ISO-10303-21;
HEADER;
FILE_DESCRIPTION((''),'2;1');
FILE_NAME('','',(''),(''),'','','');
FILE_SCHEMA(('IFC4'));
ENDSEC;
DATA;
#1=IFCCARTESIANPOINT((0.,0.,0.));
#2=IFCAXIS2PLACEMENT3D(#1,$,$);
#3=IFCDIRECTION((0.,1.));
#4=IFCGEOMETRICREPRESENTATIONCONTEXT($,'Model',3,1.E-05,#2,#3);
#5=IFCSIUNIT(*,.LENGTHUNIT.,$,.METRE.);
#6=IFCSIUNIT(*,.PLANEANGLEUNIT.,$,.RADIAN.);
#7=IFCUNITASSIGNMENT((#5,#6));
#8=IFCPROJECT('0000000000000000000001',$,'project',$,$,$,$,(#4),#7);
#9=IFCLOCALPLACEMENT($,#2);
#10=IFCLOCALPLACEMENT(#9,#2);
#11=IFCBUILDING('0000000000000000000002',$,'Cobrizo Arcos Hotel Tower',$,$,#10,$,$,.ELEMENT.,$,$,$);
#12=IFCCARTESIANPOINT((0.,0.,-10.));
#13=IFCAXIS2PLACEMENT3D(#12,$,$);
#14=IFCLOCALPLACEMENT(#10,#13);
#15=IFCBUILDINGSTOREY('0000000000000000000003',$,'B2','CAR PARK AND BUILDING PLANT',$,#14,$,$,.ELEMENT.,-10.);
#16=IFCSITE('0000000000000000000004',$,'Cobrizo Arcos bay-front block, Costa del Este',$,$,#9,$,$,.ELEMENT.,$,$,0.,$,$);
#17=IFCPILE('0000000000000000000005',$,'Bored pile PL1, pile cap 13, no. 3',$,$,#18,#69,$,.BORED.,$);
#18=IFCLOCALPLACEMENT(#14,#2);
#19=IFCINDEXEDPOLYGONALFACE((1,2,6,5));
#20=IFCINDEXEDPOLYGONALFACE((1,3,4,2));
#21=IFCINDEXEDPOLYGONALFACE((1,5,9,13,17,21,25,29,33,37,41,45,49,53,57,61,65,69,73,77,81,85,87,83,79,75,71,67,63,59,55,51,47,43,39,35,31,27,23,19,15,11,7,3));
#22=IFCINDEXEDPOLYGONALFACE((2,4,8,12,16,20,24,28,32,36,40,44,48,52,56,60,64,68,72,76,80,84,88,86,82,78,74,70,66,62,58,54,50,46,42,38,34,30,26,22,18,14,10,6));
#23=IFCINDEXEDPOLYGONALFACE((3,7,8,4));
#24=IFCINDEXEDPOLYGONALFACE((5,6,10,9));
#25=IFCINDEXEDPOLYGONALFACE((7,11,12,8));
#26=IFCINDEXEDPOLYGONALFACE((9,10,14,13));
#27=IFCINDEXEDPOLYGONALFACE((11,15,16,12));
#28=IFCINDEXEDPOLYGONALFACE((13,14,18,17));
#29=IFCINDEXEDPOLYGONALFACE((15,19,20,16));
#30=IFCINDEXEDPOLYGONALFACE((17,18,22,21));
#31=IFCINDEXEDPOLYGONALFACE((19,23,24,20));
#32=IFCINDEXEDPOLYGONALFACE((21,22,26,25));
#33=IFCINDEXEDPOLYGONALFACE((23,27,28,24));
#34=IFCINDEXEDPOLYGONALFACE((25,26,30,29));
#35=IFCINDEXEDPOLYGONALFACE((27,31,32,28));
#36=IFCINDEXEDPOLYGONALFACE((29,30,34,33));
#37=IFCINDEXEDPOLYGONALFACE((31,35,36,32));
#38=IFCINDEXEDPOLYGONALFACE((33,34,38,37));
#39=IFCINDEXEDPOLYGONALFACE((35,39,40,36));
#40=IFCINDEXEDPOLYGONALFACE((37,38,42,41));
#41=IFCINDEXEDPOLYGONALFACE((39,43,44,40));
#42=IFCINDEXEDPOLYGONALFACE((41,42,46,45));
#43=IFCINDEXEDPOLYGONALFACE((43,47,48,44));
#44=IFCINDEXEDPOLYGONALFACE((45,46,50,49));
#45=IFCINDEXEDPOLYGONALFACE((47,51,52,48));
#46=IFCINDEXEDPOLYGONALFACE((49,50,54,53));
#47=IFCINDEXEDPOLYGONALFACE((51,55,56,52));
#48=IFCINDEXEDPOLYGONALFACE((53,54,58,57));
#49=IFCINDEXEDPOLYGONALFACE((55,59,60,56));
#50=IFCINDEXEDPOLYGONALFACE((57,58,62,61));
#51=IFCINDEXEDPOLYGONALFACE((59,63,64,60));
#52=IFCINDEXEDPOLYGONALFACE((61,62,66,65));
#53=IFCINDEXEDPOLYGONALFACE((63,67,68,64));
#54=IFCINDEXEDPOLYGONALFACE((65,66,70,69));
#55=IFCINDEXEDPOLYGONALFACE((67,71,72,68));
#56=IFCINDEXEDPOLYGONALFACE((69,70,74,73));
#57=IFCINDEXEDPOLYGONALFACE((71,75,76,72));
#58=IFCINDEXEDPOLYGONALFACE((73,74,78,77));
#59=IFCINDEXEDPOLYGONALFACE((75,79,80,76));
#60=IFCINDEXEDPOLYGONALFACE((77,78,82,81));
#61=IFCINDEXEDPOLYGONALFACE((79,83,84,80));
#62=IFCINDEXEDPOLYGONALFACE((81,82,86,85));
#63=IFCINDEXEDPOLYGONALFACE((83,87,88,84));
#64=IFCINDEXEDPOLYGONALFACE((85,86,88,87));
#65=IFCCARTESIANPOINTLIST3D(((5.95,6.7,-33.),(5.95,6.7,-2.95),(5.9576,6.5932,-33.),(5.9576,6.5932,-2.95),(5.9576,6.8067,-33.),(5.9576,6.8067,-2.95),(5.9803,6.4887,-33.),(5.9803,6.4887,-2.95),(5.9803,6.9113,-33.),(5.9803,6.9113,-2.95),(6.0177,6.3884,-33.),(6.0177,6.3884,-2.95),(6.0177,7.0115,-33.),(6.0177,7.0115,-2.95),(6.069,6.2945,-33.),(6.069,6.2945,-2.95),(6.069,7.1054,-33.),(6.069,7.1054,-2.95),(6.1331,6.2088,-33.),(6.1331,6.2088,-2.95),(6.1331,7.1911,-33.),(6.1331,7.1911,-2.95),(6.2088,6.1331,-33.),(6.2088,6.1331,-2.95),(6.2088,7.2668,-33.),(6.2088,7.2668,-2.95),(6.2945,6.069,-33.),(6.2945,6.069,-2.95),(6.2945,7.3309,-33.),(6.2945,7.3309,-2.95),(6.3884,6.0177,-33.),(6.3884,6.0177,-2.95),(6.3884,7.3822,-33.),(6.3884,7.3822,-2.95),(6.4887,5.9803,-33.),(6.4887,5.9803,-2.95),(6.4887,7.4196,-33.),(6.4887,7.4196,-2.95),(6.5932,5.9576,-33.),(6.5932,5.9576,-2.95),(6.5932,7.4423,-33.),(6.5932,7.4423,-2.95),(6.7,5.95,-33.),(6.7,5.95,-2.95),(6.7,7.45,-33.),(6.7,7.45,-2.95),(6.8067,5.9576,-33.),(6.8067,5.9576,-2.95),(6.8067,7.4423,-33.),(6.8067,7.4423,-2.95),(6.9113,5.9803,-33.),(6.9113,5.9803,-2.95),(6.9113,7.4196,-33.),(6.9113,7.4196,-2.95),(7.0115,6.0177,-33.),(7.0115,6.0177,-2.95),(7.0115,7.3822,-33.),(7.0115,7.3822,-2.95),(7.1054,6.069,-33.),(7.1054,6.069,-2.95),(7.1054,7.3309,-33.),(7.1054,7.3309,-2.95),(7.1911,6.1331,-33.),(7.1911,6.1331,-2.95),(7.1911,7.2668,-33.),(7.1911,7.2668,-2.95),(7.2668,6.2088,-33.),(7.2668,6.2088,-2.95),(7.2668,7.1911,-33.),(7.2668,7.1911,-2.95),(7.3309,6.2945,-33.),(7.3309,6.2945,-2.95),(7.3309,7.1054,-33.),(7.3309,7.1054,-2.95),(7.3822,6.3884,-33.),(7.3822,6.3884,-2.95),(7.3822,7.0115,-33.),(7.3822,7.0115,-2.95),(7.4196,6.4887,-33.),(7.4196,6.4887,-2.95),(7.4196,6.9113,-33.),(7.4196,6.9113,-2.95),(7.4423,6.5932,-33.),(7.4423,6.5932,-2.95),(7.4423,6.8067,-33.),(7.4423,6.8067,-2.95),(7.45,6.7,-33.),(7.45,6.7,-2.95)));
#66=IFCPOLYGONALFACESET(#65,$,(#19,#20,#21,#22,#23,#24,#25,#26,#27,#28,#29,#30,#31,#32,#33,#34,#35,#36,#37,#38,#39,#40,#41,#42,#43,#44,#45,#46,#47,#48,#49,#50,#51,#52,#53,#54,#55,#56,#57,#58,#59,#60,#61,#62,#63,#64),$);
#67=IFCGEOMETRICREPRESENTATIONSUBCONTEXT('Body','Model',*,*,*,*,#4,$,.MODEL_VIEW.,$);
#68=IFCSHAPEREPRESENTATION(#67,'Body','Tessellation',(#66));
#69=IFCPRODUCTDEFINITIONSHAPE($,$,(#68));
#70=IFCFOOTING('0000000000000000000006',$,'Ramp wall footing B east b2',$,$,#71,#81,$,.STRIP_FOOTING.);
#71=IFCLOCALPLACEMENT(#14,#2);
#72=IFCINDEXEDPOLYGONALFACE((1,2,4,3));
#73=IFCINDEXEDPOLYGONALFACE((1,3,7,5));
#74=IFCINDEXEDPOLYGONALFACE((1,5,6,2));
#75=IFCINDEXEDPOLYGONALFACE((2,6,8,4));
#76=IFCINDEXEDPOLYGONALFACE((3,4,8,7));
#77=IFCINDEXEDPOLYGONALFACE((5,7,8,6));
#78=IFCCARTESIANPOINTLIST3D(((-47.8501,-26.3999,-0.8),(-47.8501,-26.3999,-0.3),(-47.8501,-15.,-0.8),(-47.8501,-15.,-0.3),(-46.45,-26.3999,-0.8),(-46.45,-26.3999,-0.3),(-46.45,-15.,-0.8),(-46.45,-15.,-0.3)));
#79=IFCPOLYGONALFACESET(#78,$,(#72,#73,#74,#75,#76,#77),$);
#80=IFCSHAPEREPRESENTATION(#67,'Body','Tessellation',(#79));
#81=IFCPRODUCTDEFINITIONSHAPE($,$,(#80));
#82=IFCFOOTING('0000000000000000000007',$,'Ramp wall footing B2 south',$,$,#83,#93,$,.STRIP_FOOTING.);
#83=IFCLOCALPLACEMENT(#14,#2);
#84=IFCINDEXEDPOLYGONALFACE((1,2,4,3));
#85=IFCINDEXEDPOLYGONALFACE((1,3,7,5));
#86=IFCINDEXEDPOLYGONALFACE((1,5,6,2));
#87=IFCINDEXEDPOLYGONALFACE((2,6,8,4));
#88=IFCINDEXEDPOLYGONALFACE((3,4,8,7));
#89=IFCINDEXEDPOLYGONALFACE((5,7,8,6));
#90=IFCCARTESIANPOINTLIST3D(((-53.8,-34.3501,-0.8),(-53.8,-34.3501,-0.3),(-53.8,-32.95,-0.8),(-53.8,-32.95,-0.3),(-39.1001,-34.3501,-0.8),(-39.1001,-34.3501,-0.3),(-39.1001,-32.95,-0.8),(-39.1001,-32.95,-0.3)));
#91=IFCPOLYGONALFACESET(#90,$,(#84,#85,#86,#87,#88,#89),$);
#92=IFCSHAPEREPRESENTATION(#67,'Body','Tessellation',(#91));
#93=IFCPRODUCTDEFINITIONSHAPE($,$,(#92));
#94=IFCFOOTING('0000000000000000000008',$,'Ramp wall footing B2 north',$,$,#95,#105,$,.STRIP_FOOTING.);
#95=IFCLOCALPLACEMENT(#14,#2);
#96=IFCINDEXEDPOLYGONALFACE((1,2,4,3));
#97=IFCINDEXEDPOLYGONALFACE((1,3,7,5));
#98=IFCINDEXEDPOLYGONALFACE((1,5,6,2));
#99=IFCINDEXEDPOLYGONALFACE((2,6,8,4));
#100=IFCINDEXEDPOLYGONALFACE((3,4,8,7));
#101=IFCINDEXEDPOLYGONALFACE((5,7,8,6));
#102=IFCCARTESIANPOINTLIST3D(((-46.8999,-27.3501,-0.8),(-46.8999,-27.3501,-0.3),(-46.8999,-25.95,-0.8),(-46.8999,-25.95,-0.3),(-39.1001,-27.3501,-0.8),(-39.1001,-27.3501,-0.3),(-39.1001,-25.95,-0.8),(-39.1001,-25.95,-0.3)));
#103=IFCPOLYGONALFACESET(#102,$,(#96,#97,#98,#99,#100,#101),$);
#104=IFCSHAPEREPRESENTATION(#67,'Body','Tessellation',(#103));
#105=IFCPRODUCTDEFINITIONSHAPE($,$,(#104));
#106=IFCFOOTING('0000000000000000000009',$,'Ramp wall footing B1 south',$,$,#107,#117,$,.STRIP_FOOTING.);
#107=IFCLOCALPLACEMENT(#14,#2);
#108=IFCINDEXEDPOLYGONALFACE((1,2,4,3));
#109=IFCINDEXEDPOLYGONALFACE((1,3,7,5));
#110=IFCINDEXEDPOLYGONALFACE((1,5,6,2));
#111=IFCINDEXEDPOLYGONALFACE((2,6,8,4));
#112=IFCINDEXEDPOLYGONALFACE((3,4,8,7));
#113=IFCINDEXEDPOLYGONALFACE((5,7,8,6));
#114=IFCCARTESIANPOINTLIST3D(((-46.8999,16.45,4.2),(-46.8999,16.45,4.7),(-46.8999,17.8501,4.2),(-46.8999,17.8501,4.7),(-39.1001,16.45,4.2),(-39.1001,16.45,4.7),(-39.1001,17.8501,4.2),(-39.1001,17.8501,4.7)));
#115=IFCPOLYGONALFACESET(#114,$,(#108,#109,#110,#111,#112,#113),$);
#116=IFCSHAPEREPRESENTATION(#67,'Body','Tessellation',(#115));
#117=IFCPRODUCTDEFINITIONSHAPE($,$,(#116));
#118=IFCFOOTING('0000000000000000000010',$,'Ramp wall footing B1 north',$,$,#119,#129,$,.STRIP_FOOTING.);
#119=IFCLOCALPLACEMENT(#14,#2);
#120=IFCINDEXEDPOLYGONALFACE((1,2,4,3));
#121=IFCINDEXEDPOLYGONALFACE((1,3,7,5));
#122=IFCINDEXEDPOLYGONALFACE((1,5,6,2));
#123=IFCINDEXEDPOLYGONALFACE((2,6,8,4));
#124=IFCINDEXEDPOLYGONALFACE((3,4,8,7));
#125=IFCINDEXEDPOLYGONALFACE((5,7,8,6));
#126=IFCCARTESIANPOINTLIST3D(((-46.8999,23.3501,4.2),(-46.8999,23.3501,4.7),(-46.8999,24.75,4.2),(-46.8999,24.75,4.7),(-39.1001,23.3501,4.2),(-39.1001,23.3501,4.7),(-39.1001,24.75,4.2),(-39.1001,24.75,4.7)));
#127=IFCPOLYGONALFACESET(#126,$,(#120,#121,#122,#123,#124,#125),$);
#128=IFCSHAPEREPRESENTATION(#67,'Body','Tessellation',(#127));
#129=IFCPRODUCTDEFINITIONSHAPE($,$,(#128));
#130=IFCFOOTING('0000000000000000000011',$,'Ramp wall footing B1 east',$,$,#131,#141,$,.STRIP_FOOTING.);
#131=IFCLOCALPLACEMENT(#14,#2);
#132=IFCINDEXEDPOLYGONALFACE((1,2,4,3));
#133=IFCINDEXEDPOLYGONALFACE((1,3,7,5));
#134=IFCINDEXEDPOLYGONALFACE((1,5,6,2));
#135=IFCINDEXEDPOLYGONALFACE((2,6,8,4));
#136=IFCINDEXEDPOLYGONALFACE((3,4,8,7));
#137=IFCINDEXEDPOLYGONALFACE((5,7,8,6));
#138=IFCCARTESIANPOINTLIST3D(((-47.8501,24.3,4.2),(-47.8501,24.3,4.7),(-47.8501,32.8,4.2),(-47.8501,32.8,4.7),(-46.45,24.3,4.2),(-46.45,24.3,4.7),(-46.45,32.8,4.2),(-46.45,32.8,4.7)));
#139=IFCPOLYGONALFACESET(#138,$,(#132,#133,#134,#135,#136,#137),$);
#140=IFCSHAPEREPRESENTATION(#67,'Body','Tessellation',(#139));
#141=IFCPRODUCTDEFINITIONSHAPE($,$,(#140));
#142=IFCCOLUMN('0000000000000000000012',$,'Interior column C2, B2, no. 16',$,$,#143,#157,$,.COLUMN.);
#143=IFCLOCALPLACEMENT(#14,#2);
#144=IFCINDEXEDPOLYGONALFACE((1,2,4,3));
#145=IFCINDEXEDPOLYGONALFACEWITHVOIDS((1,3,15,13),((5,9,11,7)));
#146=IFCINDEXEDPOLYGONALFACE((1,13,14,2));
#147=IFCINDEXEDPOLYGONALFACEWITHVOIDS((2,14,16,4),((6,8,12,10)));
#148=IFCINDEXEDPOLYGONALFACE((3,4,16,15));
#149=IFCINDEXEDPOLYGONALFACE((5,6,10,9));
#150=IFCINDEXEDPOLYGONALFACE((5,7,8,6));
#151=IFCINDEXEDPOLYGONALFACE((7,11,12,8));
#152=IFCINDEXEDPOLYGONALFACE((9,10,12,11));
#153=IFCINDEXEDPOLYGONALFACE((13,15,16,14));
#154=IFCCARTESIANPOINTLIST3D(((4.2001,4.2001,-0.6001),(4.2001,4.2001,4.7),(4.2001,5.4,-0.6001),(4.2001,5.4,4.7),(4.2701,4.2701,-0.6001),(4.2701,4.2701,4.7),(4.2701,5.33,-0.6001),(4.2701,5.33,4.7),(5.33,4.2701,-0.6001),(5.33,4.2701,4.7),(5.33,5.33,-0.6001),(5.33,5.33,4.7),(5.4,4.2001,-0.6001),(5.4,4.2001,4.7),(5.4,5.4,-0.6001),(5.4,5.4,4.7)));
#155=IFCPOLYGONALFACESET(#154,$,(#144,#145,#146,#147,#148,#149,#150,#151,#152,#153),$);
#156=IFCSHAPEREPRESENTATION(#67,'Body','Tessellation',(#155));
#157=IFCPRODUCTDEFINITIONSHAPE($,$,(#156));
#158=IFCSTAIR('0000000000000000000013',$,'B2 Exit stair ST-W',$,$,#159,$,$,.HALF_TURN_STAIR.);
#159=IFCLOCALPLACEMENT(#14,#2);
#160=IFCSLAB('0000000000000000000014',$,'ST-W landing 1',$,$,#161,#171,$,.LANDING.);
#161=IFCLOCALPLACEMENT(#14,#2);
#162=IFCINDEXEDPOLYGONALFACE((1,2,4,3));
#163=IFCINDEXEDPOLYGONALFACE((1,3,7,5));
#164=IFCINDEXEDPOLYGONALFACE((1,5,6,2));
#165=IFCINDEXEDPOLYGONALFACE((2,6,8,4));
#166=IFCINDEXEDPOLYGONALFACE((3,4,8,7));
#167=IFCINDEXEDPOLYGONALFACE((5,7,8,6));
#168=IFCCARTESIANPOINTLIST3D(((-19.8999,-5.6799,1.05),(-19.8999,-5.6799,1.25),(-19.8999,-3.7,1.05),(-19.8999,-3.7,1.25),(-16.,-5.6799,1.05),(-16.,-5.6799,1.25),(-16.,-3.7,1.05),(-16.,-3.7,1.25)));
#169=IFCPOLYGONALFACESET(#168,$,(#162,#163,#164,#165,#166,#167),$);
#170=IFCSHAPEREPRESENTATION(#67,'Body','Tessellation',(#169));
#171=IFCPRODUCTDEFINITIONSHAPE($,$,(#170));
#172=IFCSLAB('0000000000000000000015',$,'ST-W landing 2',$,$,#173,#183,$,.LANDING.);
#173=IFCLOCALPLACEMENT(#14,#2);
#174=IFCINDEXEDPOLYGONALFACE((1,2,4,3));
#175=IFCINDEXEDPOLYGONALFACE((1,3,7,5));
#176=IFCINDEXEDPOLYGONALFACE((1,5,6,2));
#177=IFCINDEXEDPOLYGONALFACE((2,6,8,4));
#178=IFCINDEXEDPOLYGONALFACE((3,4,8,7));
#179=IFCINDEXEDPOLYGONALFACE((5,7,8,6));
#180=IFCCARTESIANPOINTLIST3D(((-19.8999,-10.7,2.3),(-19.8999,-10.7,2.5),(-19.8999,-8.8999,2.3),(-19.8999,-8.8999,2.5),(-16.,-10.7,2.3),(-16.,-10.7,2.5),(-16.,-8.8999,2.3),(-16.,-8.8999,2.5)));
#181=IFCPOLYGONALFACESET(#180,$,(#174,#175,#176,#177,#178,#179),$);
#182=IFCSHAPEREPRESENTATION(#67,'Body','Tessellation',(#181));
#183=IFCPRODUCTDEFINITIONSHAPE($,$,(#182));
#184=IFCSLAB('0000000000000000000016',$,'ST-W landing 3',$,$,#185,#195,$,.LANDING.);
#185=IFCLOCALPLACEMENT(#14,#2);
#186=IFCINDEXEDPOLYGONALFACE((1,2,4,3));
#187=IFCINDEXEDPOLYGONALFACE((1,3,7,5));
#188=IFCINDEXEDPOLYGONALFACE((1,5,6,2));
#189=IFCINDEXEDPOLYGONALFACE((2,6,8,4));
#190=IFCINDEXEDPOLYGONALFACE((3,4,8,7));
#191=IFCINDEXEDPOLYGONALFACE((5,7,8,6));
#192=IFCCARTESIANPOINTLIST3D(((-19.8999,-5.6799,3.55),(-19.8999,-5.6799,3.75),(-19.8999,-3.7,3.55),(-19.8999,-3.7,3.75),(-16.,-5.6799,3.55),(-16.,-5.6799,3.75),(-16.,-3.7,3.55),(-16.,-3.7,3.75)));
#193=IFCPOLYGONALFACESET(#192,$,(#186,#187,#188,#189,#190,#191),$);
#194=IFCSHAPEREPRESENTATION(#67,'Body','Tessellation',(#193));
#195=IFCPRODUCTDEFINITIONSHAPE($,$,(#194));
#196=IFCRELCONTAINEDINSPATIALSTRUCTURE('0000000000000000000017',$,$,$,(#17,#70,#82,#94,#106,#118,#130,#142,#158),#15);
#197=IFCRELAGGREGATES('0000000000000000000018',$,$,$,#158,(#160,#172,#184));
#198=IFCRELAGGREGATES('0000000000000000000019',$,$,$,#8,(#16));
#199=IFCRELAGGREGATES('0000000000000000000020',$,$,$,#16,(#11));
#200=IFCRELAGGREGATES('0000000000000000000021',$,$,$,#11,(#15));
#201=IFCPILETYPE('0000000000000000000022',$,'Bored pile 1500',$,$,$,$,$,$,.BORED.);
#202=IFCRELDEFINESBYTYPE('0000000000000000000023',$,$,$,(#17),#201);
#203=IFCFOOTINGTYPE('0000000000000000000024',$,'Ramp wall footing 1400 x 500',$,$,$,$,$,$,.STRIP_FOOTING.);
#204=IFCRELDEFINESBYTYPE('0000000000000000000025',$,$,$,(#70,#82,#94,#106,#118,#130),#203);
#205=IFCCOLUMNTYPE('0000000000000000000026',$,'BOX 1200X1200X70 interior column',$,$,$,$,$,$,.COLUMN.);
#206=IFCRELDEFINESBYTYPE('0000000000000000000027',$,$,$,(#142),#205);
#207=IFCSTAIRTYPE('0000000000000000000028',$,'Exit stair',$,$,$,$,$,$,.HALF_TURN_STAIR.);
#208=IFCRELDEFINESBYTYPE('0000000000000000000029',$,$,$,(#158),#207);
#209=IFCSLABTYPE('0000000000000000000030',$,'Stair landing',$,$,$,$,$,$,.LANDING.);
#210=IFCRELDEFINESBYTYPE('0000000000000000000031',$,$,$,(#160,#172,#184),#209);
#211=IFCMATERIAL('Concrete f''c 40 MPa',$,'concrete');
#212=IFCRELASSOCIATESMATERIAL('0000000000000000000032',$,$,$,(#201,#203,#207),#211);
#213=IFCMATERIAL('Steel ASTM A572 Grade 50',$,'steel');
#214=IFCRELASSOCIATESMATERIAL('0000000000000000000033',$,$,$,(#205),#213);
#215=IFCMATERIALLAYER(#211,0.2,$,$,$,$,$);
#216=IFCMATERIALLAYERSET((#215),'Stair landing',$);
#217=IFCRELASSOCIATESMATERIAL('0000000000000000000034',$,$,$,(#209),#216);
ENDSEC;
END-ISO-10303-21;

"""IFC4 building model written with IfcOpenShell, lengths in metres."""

from ifc_helpers import new_model, si_unit, direction, frame, origin, origin_2d, place, context, subcontext, project, spatial, polyline, hollow_rectangle, circle, outline, extrude, material, layer, layer_set, material_profile, profile_set, type_object, element, aggregate, save


model = new_model("IFC4")

# Units and contexts
model_context = context("Model", 3, precision=1e-05, world=origin(), true_north=direction((0.0, 1.0)))
body_context = subcontext(model_context, "Body", "Model", "MODEL_VIEW")
ifc_project = project(units=[si_unit("LENGTHUNIT", "METRE"), si_unit("PLANEANGLEUNIT", "RADIAN")], contexts=[model_context])

# Site, building, storey
site_placement = place(None, origin())
site = spatial("IfcSite", under=ifc_project, at=site_placement, Name="Cobrizo Arcos bay-front block, Costa del Este", CompositionType="ELEMENT", RefElevation=0.0)
building_placement = place(site_placement, origin())
building = spatial("IfcBuilding", under=site, at=building_placement, Name="Cobrizo Arcos Hotel Tower", CompositionType="ELEMENT")
storey_placement = place(building_placement, frame((0.0, 0.0, -10.0)))
storey = spatial("IfcBuildingStorey", under=building, at=storey_placement, Name="B2", Description="CAR PARK AND BUILDING PLANT", CompositionType="ELEMENT", Elevation=-10.0)

# Pile
ifc_material_1 = material(Name="Concrete f'c 40 MPa", Category="concrete")
ifc_material_profile_1 = material_profile(ifc_material_1, circle(Radius=0.75, at=origin_2d()), Name="BORED PILE 1500")
ifc_profile_set_1 = profile_set([ifc_material_profile_1], Name="Concrete f'c 40 MPa")
pile_type = type_object("IfcPileType", Name="Bored pile 1500", PredefinedType="BORED", material=ifc_profile_set_1)
for number, where, z_axis, x_axis, name in (
    (1, (6.7, 6.7, -2.95), (0.0, 0.0, -1.0), (1.0, 0.0, 0.0), "Bored pile PL1, pile cap 13, no. 3"),
):
    element("IfcPile", number, at=place(storey_placement, frame(where, z_axis=z_axis, x_axis=x_axis)), inside=storey, type_object=pile_type, Name=name, PredefinedType="BORED", context=body_context, shape_type="SweptSolid", body=[
        extrude(circle(Radius=0.75, at=origin_2d()), origin(), (0.0, 0.0, 1.0), 30.05),
    ])

# Footings
footing_type = type_object("IfcFootingType", Name="Ramp wall footing 1400 x 500", PredefinedType="STRIP_FOOTING", material=ifc_material_1)
footing_1_placement = place(storey_placement, frame((0.0, 0.0, -0.8)))
element("IfcFooting", 2, at=footing_1_placement, inside=storey, type_object=footing_type, Name="Ramp wall footing B east b2", PredefinedType="STRIP_FOOTING", context=body_context, shape_type="SweptSolid", body=[
    extrude(outline(polyline([(-47.8501, -15.0), (-46.45, -15.0), (-46.45, -26.3999), (-47.8501, -26.3999), (-47.8501, -15.0)])), origin(), (0.0, 0.0, 1.0), 0.5),
])
footing_2_placement = place(storey_placement, frame((0.0, 0.0, -0.8)))
element("IfcFooting", 3, at=footing_2_placement, inside=storey, type_object=footing_type, Name="Ramp wall footing B2 south", PredefinedType="STRIP_FOOTING", context=body_context, shape_type="SweptSolid", body=[
    extrude(outline(polyline([(-39.1001, -32.95), (-39.1001, -34.3501), (-53.8, -34.3501), (-53.8, -32.95), (-39.1001, -32.95)])), origin(), (0.0, 0.0, 1.0), 0.5),
])
footing_3_placement = place(storey_placement, frame((0.0, 0.0, -0.8)))
element("IfcFooting", 4, at=footing_3_placement, inside=storey, type_object=footing_type, Name="Ramp wall footing B2 north", PredefinedType="STRIP_FOOTING", context=body_context, shape_type="SweptSolid", body=[
    extrude(outline(polyline([(-39.1001, -25.95), (-39.1001, -27.3501), (-46.8999, -27.3501), (-46.8999, -25.95), (-39.1001, -25.95)])), origin(), (0.0, 0.0, 1.0), 0.5),
])
footing_4_placement = place(storey_placement, frame((0.0, 0.0, 4.2)))
element("IfcFooting", 5, at=footing_4_placement, inside=storey, type_object=footing_type, Name="Ramp wall footing B1 south", PredefinedType="STRIP_FOOTING", context=body_context, shape_type="SweptSolid", body=[
    extrude(outline(polyline([(-39.1001, 17.8501), (-39.1001, 16.45), (-46.8999, 16.45), (-46.8999, 17.8501), (-39.1001, 17.8501)])), origin(), (0.0, 0.0, 1.0), 0.5),
])
footing_5_placement = place(storey_placement, frame((0.0, 0.0, 4.2)))
element("IfcFooting", 6, at=footing_5_placement, inside=storey, type_object=footing_type, Name="Ramp wall footing B1 north", PredefinedType="STRIP_FOOTING", context=body_context, shape_type="SweptSolid", body=[
    extrude(outline(polyline([(-39.1001, 24.75), (-39.1001, 23.3501), (-46.8999, 23.3501), (-46.8999, 24.75), (-39.1001, 24.75)])), origin(), (0.0, 0.0, 1.0), 0.5),
])
footing_6_placement = place(storey_placement, frame((0.0, 0.0, 4.2)))
element("IfcFooting", 7, at=footing_6_placement, inside=storey, type_object=footing_type, Name="Ramp wall footing B1 east", PredefinedType="STRIP_FOOTING", context=body_context, shape_type="SweptSolid", body=[
    extrude(outline(polyline([(-47.8501, 32.8), (-46.45, 32.8), (-46.45, 24.3), (-47.8501, 24.3), (-47.8501, 32.8)])), origin(), (0.0, 0.0, 1.0), 0.5),
])

# Column
ifc_material_2 = material(Name="Steel ASTM A572 Grade 50", Category="steel")
ifc_material_profile_2 = material_profile(ifc_material_2, hollow_rectangle(XDim=1.2, YDim=1.2, WallThickness=0.0701, at=origin_2d()), Name="BOX 1200X1200X70")
ifc_profile_set_2 = profile_set([ifc_material_profile_2], Name="Steel ASTM A572 Grade 50")
column_type = type_object("IfcColumnType", Name="BOX 1200X1200X70 interior column", PredefinedType="COLUMN", material=ifc_profile_set_2)
column_placement = place(storey_placement, frame((4.8, 4.8, -0.6001), z_axis=(0.0, 0.0, 1.0), x_axis=(1.0, 0.0, 0.0)))
element("IfcColumn", 8, at=column_placement, inside=storey, type_object=column_type, Name="Interior column C2, B2, no. 16", PredefinedType="COLUMN", context=body_context, shape_type="SweptSolid", body=[
    extrude(hollow_rectangle(XDim=1.2, YDim=1.2, WallThickness=0.0701, at=origin_2d()), origin(), (0.0, 0.0, 1.0), 5.3),
])

# Stair, slabs
stair_type = type_object("IfcStairType", Name="Exit stair", PredefinedType="HALF_TURN_STAIR", material=ifc_material_1)
stair_1_placement = place(storey_placement, origin())
stair_1 = element("IfcStair", 9, at=stair_1_placement, inside=storey, type_object=stair_type, Name="B2 Exit stair ST-W", PredefinedType="HALF_TURN_STAIR")
ifc_layer_1 = layer(ifc_material_1, 0.2)
ifc_layer_set_1 = layer_set([ifc_layer_1], Name="Stair landing")
slab_type = type_object("IfcSlabType", Name="Stair landing", PredefinedType="LANDING", material=ifc_layer_set_1)
slab_1_placement = place(storey_placement, frame((0.0, 0.0, 1.05)))
slab_1 = element("IfcSlab", 10, at=slab_1_placement, type_object=slab_type, Name="ST-W landing 1", PredefinedType="LANDING", context=body_context, shape_type="SweptSolid", body=[
    extrude(outline(polyline([(-16.0, -5.6799), (-16.0, -3.7), (-19.8999, -3.7), (-19.8999, -5.6799), (-16.0, -5.6799)])), origin(), (0.0, 0.0, 1.0), 0.2),
])
slab_2_placement = place(storey_placement, frame((0.0, 0.0, 2.3)))
slab_2 = element("IfcSlab", 11, at=slab_2_placement, type_object=slab_type, Name="ST-W landing 2", PredefinedType="LANDING", context=body_context, shape_type="SweptSolid", body=[
    extrude(outline(polyline([(-16.0, -10.7), (-16.0, -8.8999), (-19.8999, -8.8999), (-19.8999, -10.7), (-16.0, -10.7)])), origin(), (0.0, 0.0, 1.0), 0.2),
])
slab_3_placement = place(storey_placement, frame((0.0, 0.0, 3.55)))
slab_3 = element("IfcSlab", 12, at=slab_3_placement, type_object=slab_type, Name="ST-W landing 3", PredefinedType="LANDING", context=body_context, shape_type="SweptSolid", body=[
    extrude(outline(polyline([(-16.0, -5.6799), (-16.0, -3.7), (-19.8999, -3.7), (-19.8999, -5.6799), (-16.0, -5.6799)])), origin(), (0.0, 0.0, 1.0), 0.2),
])
aggregate(stair_1, [slab_1, slab_2, slab_3])

save(model, "model.ifc")
